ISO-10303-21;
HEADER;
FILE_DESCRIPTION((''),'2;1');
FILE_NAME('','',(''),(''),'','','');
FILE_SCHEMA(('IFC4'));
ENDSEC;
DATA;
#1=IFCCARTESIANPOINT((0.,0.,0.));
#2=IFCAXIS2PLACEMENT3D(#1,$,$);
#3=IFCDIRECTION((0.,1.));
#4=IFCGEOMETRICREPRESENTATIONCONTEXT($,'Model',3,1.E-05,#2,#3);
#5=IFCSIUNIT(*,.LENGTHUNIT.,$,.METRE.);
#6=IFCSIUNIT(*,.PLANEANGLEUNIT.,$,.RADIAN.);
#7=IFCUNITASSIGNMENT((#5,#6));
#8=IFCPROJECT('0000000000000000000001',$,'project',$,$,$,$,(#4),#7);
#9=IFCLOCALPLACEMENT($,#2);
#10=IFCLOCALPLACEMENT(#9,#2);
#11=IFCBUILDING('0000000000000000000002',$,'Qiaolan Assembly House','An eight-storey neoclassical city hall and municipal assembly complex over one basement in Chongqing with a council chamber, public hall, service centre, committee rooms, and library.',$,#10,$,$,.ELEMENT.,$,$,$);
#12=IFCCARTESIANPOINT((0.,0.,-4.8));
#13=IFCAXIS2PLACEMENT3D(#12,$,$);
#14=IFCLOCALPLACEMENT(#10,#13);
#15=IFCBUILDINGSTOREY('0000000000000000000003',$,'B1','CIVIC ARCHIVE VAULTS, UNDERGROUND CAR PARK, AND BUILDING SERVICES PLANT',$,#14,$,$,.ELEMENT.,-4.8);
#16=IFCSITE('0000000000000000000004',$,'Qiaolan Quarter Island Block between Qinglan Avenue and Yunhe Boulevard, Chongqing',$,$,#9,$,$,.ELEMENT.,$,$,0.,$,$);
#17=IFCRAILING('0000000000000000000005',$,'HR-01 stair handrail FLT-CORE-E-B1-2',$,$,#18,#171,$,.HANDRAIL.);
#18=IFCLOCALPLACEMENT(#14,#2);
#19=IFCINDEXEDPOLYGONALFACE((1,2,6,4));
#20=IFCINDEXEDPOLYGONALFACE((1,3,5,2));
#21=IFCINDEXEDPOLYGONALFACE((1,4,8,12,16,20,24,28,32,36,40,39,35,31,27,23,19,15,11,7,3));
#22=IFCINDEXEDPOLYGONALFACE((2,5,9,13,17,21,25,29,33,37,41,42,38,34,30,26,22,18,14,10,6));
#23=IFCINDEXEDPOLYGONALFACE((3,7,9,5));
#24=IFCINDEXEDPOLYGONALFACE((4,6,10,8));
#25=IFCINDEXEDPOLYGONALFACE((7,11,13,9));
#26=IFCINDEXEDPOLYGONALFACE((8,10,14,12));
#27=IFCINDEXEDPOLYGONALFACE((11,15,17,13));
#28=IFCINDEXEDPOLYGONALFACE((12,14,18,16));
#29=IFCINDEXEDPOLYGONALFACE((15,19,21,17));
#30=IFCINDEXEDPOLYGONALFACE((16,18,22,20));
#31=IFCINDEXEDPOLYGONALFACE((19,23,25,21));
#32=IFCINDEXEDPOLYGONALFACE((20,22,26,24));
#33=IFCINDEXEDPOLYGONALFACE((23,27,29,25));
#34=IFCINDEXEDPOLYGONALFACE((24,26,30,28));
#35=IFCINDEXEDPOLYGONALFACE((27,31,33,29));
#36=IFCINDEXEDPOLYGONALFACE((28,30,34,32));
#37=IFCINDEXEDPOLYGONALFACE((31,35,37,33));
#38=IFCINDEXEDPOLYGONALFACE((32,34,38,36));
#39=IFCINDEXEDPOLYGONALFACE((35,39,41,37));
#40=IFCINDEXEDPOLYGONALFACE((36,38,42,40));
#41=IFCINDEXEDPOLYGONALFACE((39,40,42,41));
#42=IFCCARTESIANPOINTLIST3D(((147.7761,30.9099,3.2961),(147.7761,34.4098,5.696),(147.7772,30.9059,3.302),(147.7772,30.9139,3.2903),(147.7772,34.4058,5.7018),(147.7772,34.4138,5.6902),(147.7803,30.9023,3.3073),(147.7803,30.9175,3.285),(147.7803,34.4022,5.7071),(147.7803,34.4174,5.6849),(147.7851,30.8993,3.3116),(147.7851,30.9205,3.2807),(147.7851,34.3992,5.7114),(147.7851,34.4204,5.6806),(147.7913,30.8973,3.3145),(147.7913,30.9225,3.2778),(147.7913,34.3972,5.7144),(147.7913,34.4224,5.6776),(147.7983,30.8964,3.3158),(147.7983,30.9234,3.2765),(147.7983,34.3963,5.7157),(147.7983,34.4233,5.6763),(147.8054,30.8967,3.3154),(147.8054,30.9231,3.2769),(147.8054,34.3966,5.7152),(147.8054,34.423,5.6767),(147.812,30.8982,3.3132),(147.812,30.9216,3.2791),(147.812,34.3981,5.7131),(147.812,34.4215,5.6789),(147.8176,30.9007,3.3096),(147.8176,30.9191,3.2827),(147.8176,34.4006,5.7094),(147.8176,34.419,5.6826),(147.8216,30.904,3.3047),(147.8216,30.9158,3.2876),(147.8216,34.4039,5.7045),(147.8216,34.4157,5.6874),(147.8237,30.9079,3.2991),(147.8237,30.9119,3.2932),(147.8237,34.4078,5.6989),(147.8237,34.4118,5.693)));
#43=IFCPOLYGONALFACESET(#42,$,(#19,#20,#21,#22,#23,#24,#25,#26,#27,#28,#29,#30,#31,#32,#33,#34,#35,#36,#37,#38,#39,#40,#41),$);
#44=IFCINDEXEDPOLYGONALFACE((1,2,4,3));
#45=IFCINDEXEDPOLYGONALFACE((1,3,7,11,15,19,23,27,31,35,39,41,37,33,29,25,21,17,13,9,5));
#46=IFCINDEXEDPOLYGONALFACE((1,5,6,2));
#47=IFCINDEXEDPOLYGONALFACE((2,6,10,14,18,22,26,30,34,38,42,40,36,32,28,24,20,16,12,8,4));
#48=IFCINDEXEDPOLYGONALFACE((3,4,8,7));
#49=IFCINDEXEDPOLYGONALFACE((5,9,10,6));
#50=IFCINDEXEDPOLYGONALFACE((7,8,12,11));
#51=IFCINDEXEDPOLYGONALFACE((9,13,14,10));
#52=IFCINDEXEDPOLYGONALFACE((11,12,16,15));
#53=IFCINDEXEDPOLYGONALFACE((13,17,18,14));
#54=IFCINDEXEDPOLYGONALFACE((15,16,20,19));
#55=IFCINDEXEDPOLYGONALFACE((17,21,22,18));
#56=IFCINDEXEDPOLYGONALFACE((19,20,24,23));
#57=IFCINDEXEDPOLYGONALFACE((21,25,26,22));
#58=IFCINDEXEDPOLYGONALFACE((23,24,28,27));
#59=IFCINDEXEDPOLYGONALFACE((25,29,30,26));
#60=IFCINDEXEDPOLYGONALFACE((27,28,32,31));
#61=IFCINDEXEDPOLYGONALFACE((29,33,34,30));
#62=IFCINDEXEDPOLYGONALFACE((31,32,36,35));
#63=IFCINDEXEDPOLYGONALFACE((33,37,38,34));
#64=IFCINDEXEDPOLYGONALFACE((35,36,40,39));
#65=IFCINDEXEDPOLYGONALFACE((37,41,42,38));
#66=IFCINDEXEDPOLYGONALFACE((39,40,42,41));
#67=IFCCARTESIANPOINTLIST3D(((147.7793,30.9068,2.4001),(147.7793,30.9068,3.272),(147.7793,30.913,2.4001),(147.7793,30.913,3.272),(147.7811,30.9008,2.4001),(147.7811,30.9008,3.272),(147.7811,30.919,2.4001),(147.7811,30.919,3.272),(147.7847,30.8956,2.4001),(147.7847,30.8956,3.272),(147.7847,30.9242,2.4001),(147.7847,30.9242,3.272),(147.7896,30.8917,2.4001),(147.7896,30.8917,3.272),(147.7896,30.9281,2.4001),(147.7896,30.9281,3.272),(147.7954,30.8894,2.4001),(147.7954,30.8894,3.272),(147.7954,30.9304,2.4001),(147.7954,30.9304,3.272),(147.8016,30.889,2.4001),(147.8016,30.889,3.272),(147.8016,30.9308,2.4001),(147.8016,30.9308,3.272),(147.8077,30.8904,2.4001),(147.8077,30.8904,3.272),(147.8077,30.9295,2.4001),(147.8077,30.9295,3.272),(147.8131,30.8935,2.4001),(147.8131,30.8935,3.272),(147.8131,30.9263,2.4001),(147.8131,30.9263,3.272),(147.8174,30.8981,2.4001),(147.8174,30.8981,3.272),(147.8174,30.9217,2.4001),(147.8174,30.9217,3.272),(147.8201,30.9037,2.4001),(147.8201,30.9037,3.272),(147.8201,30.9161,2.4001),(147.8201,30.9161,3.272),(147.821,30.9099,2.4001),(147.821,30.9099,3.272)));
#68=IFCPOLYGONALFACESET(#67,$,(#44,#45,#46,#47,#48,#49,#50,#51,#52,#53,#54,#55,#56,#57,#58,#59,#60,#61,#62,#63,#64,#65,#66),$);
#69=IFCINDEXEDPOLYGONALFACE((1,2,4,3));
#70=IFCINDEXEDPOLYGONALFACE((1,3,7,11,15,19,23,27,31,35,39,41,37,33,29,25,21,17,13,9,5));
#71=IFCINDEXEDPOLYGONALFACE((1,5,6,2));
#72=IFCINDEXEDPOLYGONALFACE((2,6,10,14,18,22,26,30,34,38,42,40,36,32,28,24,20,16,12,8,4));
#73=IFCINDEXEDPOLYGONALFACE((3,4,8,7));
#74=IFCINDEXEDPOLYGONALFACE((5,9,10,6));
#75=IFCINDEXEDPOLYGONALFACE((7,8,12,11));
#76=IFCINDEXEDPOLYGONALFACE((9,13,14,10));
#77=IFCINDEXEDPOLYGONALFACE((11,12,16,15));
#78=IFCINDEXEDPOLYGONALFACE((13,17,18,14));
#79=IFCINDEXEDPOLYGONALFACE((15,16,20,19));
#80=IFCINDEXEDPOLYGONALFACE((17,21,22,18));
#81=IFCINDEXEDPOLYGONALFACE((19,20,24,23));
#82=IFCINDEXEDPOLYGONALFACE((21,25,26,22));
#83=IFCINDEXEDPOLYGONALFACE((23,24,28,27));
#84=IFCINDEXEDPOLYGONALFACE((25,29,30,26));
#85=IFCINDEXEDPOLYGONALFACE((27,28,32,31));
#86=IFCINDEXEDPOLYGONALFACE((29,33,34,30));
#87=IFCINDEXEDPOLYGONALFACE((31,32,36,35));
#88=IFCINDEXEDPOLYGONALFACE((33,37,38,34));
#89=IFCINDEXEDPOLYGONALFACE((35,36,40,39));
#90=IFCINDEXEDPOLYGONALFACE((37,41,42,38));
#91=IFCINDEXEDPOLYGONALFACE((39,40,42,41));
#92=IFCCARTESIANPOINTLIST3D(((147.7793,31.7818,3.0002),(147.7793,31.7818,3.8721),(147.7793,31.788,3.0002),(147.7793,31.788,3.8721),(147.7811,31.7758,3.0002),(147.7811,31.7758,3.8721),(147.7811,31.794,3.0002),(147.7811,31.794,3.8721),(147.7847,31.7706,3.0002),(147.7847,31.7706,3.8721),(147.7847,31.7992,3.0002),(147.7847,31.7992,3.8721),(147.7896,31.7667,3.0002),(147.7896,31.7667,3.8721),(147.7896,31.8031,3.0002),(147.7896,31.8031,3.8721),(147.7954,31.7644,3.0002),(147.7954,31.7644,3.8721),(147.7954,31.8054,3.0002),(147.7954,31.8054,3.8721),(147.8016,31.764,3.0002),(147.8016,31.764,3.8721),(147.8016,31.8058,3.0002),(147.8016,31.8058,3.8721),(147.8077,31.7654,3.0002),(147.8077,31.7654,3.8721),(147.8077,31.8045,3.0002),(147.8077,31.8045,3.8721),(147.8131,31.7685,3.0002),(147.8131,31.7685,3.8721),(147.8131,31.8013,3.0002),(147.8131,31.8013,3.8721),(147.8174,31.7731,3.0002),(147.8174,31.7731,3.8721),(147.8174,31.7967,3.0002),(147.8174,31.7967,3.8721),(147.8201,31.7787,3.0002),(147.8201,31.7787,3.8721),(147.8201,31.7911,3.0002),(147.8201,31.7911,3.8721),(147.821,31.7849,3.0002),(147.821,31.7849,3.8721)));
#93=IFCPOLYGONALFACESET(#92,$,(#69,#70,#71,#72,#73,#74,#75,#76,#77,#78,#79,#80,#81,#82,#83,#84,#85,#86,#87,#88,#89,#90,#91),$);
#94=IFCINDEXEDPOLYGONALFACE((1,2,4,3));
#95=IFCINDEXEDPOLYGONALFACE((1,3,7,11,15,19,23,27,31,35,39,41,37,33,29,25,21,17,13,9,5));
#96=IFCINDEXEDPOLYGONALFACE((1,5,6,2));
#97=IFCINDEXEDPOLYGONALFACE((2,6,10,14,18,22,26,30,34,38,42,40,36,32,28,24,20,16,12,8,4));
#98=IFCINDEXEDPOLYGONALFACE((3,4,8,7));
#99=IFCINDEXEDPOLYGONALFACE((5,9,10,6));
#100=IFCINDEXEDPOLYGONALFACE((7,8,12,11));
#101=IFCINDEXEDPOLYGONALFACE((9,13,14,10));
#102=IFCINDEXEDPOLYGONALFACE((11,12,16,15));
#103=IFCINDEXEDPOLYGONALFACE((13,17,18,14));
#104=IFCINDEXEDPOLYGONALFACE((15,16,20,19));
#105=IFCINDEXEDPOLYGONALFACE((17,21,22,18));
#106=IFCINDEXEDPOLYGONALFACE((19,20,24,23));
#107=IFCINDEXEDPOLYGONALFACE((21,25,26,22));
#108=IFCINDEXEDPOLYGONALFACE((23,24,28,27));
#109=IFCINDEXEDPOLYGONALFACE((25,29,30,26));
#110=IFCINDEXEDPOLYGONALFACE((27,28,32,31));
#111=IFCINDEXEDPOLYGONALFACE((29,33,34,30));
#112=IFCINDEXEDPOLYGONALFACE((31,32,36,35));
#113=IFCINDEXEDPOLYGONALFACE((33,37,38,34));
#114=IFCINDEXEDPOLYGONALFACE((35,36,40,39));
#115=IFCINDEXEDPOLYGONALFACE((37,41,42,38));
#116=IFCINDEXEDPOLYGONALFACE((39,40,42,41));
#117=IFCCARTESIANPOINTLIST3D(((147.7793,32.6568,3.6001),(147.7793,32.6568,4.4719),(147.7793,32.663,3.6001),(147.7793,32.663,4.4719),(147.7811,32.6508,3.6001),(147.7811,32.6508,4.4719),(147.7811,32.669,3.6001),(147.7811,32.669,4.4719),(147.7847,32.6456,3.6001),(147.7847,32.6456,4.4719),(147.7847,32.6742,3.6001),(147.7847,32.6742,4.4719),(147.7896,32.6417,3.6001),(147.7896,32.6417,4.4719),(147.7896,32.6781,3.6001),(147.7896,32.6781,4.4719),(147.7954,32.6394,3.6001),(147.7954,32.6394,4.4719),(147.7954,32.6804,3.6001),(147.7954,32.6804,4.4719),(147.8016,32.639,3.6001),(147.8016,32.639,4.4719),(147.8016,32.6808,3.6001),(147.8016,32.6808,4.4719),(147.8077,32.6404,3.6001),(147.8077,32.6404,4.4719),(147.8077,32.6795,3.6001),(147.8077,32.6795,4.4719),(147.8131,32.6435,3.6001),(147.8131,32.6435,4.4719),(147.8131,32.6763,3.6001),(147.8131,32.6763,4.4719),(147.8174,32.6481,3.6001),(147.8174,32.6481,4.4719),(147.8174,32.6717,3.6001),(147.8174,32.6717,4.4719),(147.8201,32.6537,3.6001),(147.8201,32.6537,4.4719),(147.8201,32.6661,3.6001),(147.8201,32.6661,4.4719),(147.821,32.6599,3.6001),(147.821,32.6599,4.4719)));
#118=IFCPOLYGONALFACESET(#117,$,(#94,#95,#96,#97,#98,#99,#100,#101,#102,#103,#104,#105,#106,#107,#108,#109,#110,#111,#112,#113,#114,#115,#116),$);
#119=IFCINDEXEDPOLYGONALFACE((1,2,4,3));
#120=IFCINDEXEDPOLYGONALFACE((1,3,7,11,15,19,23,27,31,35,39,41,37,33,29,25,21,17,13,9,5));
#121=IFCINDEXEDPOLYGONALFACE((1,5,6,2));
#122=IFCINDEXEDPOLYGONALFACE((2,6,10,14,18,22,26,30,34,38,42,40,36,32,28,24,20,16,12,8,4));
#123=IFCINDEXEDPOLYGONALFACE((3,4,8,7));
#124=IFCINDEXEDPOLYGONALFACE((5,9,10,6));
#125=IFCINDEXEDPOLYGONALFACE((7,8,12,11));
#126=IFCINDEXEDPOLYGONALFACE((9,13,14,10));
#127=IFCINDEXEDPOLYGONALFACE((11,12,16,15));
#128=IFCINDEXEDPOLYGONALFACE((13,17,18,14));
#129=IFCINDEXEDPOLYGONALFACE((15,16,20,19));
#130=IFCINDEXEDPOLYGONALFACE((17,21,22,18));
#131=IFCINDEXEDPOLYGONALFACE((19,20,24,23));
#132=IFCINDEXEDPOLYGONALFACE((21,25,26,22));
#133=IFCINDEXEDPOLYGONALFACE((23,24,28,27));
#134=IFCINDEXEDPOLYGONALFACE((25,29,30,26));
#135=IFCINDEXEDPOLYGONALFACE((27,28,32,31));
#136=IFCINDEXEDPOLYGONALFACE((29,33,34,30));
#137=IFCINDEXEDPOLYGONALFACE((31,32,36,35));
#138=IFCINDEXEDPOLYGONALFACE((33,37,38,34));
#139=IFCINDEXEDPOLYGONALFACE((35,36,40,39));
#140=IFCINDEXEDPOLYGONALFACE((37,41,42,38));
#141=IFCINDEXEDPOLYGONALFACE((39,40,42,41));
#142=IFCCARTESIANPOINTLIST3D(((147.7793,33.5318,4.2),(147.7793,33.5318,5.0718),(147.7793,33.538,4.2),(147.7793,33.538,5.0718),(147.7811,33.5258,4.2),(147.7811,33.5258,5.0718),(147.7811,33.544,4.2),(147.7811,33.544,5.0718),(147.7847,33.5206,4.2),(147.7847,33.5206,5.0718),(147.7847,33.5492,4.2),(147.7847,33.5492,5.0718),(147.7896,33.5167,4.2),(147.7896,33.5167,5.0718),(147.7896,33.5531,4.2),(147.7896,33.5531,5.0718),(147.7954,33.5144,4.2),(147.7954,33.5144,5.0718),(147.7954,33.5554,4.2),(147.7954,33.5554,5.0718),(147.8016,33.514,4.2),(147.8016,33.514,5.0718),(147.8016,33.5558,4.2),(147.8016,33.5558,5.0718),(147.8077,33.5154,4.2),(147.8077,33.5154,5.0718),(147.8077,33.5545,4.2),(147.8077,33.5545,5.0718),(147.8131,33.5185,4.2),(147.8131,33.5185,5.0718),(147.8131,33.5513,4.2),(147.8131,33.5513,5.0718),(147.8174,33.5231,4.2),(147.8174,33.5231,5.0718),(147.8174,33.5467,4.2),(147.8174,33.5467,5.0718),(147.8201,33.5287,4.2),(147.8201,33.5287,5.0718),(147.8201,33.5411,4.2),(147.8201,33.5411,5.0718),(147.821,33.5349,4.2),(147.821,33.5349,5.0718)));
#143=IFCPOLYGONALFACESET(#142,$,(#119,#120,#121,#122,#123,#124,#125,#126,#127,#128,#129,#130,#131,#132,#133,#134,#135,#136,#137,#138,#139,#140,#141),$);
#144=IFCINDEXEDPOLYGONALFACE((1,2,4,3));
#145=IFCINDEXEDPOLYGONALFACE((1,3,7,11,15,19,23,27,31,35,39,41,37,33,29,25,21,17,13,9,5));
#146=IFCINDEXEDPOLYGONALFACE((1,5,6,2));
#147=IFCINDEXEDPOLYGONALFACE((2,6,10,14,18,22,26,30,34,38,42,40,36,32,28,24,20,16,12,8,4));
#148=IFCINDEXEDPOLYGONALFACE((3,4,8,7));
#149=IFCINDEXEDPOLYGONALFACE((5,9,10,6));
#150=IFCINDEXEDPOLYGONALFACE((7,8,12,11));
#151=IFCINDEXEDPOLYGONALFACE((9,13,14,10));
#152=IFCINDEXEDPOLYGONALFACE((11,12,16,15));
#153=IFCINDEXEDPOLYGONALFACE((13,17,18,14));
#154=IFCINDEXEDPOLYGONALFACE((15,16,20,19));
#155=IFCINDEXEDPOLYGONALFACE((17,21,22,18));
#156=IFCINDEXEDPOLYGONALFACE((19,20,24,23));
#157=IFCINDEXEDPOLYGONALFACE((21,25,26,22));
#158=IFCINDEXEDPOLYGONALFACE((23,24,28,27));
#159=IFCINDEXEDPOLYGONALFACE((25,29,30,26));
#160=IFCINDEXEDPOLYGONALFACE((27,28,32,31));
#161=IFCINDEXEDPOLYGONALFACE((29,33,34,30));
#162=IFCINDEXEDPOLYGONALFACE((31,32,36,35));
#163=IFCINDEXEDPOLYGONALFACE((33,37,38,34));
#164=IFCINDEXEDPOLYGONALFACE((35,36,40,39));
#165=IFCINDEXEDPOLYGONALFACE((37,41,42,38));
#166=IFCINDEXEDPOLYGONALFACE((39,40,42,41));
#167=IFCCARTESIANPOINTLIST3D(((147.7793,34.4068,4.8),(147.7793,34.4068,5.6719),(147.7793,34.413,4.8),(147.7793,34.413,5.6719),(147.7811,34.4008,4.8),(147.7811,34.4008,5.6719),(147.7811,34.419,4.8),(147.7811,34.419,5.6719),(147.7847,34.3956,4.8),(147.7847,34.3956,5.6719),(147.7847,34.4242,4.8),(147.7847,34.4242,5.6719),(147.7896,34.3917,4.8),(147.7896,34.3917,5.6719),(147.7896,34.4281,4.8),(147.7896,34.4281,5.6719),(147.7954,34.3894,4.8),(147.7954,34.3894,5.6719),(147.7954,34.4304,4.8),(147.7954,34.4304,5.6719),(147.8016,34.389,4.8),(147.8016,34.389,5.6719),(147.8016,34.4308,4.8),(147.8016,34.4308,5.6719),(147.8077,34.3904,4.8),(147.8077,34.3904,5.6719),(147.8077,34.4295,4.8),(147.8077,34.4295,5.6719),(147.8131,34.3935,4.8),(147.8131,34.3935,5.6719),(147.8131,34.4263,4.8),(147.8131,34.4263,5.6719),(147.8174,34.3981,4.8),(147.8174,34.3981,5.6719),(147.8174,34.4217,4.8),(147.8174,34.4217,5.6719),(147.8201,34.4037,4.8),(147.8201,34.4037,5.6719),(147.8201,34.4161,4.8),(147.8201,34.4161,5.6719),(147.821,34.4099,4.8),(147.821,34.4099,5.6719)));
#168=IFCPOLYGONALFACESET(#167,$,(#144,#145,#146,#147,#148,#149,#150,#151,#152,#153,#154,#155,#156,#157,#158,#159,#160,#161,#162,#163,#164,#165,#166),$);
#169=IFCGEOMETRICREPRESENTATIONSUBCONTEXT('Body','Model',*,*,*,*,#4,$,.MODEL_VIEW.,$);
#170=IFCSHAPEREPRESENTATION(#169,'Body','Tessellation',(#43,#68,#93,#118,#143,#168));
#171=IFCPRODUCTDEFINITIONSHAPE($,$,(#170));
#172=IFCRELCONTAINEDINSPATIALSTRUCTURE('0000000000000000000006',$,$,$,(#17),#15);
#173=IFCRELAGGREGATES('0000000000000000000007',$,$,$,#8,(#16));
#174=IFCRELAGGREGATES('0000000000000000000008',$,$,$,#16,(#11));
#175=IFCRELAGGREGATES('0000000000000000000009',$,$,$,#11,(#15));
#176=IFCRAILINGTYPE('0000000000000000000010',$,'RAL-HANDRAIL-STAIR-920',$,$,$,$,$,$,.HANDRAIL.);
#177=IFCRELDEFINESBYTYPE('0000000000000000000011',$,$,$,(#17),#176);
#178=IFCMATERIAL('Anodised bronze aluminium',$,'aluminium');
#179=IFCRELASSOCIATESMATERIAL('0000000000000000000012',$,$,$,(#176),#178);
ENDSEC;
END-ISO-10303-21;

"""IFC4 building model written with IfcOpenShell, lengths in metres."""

from ifc_helpers import new_model, si_unit, direction, frame, origin, origin_2d, place, context, subcontext, project, spatial, circle, extrude, material, type_object, element, save


model = new_model("IFC4")

# Units and contexts
model_context = context("Model", 3, precision=1e-05, world=origin(), true_north=direction((0.0, 1.0)))
body_context = subcontext(model_context, "Body", "Model", "MODEL_VIEW")
ifc_project = project(units=[si_unit("LENGTHUNIT", "METRE"), si_unit("PLANEANGLEUNIT", "RADIAN")], contexts=[model_context])

# Site, building, storey
site_placement = place(None, origin())
site = spatial("IfcSite", under=ifc_project, at=site_placement, Name="Qiaolan Quarter Island Block between Qinglan Avenue and Yunhe Boulevard, Chongqing", CompositionType="ELEMENT", RefElevation=0.0)
building_placement = place(site_placement, origin())
building = spatial("IfcBuilding", under=site, at=building_placement, Name="Qiaolan Assembly House", Description="An eight-storey neoclassical city hall and municipal assembly complex over one basement in Chongqing with a council chamber, public hall, service centre, committee rooms, and library.", CompositionType="ELEMENT")
storey_placement = place(building_placement, frame((0.0, 0.0, -4.8)))
storey = spatial("IfcBuildingStorey", under=building, at=storey_placement, Name="B1", Description="CIVIC ARCHIVE VAULTS, UNDERGROUND CAR PARK, AND BUILDING SERVICES PLANT", CompositionType="ELEMENT", Elevation=-4.8)

# Railing
ifc_material_1 = material(Name="Anodised bronze aluminium", Category="aluminium")
railing_type_1 = type_object("IfcRailingType", Name="RAL-HANDRAIL-STAIR-920", PredefinedType="HANDRAIL", material=ifc_material_1)
railing_1_placement = place(storey_placement, frame((147.8, 30.9099, 2.4001)))
element("IfcRailing", 1, at=railing_1_placement, inside=storey, type_object=railing_type_1, Name="HR-01 stair handrail FLT-CORE-E-B1-2", PredefinedType="HANDRAIL", context=body_context, shape_type="SweptSolid", body=[
    extrude(circle(Radius=0.0239, at=origin_2d()), frame((0.0, 0.0, 0.896), z_axis=(0.0, 0.82474, 0.565513), x_axis=(-1.0, 0.0, 0.0)), (0.0, 0.0, 1.0), 4.2437),
    extrude(circle(Radius=0.021, at=origin_2d()), origin(), (0.0, 0.0, 1.0), 0.8718),
    extrude(circle(Radius=0.021, at=origin_2d()), frame((0.0, 0.875, 0.6001)), (0.0, 0.0, 1.0), 0.8718),
    extrude(circle(Radius=0.021, at=origin_2d()), frame((0.0, 1.75, 1.2)), (0.0, 0.0, 1.0), 0.8718),
    extrude(circle(Radius=0.021, at=origin_2d()), frame((0.0, 2.625, 1.7998)), (0.0, 0.0, 1.0), 0.8718),
    extrude(circle(Radius=0.021, at=origin_2d()), frame((0.0, 3.5, 2.3999)), (0.0, 0.0, 1.0), 0.8718),
])

save(model, "model.ifc")
